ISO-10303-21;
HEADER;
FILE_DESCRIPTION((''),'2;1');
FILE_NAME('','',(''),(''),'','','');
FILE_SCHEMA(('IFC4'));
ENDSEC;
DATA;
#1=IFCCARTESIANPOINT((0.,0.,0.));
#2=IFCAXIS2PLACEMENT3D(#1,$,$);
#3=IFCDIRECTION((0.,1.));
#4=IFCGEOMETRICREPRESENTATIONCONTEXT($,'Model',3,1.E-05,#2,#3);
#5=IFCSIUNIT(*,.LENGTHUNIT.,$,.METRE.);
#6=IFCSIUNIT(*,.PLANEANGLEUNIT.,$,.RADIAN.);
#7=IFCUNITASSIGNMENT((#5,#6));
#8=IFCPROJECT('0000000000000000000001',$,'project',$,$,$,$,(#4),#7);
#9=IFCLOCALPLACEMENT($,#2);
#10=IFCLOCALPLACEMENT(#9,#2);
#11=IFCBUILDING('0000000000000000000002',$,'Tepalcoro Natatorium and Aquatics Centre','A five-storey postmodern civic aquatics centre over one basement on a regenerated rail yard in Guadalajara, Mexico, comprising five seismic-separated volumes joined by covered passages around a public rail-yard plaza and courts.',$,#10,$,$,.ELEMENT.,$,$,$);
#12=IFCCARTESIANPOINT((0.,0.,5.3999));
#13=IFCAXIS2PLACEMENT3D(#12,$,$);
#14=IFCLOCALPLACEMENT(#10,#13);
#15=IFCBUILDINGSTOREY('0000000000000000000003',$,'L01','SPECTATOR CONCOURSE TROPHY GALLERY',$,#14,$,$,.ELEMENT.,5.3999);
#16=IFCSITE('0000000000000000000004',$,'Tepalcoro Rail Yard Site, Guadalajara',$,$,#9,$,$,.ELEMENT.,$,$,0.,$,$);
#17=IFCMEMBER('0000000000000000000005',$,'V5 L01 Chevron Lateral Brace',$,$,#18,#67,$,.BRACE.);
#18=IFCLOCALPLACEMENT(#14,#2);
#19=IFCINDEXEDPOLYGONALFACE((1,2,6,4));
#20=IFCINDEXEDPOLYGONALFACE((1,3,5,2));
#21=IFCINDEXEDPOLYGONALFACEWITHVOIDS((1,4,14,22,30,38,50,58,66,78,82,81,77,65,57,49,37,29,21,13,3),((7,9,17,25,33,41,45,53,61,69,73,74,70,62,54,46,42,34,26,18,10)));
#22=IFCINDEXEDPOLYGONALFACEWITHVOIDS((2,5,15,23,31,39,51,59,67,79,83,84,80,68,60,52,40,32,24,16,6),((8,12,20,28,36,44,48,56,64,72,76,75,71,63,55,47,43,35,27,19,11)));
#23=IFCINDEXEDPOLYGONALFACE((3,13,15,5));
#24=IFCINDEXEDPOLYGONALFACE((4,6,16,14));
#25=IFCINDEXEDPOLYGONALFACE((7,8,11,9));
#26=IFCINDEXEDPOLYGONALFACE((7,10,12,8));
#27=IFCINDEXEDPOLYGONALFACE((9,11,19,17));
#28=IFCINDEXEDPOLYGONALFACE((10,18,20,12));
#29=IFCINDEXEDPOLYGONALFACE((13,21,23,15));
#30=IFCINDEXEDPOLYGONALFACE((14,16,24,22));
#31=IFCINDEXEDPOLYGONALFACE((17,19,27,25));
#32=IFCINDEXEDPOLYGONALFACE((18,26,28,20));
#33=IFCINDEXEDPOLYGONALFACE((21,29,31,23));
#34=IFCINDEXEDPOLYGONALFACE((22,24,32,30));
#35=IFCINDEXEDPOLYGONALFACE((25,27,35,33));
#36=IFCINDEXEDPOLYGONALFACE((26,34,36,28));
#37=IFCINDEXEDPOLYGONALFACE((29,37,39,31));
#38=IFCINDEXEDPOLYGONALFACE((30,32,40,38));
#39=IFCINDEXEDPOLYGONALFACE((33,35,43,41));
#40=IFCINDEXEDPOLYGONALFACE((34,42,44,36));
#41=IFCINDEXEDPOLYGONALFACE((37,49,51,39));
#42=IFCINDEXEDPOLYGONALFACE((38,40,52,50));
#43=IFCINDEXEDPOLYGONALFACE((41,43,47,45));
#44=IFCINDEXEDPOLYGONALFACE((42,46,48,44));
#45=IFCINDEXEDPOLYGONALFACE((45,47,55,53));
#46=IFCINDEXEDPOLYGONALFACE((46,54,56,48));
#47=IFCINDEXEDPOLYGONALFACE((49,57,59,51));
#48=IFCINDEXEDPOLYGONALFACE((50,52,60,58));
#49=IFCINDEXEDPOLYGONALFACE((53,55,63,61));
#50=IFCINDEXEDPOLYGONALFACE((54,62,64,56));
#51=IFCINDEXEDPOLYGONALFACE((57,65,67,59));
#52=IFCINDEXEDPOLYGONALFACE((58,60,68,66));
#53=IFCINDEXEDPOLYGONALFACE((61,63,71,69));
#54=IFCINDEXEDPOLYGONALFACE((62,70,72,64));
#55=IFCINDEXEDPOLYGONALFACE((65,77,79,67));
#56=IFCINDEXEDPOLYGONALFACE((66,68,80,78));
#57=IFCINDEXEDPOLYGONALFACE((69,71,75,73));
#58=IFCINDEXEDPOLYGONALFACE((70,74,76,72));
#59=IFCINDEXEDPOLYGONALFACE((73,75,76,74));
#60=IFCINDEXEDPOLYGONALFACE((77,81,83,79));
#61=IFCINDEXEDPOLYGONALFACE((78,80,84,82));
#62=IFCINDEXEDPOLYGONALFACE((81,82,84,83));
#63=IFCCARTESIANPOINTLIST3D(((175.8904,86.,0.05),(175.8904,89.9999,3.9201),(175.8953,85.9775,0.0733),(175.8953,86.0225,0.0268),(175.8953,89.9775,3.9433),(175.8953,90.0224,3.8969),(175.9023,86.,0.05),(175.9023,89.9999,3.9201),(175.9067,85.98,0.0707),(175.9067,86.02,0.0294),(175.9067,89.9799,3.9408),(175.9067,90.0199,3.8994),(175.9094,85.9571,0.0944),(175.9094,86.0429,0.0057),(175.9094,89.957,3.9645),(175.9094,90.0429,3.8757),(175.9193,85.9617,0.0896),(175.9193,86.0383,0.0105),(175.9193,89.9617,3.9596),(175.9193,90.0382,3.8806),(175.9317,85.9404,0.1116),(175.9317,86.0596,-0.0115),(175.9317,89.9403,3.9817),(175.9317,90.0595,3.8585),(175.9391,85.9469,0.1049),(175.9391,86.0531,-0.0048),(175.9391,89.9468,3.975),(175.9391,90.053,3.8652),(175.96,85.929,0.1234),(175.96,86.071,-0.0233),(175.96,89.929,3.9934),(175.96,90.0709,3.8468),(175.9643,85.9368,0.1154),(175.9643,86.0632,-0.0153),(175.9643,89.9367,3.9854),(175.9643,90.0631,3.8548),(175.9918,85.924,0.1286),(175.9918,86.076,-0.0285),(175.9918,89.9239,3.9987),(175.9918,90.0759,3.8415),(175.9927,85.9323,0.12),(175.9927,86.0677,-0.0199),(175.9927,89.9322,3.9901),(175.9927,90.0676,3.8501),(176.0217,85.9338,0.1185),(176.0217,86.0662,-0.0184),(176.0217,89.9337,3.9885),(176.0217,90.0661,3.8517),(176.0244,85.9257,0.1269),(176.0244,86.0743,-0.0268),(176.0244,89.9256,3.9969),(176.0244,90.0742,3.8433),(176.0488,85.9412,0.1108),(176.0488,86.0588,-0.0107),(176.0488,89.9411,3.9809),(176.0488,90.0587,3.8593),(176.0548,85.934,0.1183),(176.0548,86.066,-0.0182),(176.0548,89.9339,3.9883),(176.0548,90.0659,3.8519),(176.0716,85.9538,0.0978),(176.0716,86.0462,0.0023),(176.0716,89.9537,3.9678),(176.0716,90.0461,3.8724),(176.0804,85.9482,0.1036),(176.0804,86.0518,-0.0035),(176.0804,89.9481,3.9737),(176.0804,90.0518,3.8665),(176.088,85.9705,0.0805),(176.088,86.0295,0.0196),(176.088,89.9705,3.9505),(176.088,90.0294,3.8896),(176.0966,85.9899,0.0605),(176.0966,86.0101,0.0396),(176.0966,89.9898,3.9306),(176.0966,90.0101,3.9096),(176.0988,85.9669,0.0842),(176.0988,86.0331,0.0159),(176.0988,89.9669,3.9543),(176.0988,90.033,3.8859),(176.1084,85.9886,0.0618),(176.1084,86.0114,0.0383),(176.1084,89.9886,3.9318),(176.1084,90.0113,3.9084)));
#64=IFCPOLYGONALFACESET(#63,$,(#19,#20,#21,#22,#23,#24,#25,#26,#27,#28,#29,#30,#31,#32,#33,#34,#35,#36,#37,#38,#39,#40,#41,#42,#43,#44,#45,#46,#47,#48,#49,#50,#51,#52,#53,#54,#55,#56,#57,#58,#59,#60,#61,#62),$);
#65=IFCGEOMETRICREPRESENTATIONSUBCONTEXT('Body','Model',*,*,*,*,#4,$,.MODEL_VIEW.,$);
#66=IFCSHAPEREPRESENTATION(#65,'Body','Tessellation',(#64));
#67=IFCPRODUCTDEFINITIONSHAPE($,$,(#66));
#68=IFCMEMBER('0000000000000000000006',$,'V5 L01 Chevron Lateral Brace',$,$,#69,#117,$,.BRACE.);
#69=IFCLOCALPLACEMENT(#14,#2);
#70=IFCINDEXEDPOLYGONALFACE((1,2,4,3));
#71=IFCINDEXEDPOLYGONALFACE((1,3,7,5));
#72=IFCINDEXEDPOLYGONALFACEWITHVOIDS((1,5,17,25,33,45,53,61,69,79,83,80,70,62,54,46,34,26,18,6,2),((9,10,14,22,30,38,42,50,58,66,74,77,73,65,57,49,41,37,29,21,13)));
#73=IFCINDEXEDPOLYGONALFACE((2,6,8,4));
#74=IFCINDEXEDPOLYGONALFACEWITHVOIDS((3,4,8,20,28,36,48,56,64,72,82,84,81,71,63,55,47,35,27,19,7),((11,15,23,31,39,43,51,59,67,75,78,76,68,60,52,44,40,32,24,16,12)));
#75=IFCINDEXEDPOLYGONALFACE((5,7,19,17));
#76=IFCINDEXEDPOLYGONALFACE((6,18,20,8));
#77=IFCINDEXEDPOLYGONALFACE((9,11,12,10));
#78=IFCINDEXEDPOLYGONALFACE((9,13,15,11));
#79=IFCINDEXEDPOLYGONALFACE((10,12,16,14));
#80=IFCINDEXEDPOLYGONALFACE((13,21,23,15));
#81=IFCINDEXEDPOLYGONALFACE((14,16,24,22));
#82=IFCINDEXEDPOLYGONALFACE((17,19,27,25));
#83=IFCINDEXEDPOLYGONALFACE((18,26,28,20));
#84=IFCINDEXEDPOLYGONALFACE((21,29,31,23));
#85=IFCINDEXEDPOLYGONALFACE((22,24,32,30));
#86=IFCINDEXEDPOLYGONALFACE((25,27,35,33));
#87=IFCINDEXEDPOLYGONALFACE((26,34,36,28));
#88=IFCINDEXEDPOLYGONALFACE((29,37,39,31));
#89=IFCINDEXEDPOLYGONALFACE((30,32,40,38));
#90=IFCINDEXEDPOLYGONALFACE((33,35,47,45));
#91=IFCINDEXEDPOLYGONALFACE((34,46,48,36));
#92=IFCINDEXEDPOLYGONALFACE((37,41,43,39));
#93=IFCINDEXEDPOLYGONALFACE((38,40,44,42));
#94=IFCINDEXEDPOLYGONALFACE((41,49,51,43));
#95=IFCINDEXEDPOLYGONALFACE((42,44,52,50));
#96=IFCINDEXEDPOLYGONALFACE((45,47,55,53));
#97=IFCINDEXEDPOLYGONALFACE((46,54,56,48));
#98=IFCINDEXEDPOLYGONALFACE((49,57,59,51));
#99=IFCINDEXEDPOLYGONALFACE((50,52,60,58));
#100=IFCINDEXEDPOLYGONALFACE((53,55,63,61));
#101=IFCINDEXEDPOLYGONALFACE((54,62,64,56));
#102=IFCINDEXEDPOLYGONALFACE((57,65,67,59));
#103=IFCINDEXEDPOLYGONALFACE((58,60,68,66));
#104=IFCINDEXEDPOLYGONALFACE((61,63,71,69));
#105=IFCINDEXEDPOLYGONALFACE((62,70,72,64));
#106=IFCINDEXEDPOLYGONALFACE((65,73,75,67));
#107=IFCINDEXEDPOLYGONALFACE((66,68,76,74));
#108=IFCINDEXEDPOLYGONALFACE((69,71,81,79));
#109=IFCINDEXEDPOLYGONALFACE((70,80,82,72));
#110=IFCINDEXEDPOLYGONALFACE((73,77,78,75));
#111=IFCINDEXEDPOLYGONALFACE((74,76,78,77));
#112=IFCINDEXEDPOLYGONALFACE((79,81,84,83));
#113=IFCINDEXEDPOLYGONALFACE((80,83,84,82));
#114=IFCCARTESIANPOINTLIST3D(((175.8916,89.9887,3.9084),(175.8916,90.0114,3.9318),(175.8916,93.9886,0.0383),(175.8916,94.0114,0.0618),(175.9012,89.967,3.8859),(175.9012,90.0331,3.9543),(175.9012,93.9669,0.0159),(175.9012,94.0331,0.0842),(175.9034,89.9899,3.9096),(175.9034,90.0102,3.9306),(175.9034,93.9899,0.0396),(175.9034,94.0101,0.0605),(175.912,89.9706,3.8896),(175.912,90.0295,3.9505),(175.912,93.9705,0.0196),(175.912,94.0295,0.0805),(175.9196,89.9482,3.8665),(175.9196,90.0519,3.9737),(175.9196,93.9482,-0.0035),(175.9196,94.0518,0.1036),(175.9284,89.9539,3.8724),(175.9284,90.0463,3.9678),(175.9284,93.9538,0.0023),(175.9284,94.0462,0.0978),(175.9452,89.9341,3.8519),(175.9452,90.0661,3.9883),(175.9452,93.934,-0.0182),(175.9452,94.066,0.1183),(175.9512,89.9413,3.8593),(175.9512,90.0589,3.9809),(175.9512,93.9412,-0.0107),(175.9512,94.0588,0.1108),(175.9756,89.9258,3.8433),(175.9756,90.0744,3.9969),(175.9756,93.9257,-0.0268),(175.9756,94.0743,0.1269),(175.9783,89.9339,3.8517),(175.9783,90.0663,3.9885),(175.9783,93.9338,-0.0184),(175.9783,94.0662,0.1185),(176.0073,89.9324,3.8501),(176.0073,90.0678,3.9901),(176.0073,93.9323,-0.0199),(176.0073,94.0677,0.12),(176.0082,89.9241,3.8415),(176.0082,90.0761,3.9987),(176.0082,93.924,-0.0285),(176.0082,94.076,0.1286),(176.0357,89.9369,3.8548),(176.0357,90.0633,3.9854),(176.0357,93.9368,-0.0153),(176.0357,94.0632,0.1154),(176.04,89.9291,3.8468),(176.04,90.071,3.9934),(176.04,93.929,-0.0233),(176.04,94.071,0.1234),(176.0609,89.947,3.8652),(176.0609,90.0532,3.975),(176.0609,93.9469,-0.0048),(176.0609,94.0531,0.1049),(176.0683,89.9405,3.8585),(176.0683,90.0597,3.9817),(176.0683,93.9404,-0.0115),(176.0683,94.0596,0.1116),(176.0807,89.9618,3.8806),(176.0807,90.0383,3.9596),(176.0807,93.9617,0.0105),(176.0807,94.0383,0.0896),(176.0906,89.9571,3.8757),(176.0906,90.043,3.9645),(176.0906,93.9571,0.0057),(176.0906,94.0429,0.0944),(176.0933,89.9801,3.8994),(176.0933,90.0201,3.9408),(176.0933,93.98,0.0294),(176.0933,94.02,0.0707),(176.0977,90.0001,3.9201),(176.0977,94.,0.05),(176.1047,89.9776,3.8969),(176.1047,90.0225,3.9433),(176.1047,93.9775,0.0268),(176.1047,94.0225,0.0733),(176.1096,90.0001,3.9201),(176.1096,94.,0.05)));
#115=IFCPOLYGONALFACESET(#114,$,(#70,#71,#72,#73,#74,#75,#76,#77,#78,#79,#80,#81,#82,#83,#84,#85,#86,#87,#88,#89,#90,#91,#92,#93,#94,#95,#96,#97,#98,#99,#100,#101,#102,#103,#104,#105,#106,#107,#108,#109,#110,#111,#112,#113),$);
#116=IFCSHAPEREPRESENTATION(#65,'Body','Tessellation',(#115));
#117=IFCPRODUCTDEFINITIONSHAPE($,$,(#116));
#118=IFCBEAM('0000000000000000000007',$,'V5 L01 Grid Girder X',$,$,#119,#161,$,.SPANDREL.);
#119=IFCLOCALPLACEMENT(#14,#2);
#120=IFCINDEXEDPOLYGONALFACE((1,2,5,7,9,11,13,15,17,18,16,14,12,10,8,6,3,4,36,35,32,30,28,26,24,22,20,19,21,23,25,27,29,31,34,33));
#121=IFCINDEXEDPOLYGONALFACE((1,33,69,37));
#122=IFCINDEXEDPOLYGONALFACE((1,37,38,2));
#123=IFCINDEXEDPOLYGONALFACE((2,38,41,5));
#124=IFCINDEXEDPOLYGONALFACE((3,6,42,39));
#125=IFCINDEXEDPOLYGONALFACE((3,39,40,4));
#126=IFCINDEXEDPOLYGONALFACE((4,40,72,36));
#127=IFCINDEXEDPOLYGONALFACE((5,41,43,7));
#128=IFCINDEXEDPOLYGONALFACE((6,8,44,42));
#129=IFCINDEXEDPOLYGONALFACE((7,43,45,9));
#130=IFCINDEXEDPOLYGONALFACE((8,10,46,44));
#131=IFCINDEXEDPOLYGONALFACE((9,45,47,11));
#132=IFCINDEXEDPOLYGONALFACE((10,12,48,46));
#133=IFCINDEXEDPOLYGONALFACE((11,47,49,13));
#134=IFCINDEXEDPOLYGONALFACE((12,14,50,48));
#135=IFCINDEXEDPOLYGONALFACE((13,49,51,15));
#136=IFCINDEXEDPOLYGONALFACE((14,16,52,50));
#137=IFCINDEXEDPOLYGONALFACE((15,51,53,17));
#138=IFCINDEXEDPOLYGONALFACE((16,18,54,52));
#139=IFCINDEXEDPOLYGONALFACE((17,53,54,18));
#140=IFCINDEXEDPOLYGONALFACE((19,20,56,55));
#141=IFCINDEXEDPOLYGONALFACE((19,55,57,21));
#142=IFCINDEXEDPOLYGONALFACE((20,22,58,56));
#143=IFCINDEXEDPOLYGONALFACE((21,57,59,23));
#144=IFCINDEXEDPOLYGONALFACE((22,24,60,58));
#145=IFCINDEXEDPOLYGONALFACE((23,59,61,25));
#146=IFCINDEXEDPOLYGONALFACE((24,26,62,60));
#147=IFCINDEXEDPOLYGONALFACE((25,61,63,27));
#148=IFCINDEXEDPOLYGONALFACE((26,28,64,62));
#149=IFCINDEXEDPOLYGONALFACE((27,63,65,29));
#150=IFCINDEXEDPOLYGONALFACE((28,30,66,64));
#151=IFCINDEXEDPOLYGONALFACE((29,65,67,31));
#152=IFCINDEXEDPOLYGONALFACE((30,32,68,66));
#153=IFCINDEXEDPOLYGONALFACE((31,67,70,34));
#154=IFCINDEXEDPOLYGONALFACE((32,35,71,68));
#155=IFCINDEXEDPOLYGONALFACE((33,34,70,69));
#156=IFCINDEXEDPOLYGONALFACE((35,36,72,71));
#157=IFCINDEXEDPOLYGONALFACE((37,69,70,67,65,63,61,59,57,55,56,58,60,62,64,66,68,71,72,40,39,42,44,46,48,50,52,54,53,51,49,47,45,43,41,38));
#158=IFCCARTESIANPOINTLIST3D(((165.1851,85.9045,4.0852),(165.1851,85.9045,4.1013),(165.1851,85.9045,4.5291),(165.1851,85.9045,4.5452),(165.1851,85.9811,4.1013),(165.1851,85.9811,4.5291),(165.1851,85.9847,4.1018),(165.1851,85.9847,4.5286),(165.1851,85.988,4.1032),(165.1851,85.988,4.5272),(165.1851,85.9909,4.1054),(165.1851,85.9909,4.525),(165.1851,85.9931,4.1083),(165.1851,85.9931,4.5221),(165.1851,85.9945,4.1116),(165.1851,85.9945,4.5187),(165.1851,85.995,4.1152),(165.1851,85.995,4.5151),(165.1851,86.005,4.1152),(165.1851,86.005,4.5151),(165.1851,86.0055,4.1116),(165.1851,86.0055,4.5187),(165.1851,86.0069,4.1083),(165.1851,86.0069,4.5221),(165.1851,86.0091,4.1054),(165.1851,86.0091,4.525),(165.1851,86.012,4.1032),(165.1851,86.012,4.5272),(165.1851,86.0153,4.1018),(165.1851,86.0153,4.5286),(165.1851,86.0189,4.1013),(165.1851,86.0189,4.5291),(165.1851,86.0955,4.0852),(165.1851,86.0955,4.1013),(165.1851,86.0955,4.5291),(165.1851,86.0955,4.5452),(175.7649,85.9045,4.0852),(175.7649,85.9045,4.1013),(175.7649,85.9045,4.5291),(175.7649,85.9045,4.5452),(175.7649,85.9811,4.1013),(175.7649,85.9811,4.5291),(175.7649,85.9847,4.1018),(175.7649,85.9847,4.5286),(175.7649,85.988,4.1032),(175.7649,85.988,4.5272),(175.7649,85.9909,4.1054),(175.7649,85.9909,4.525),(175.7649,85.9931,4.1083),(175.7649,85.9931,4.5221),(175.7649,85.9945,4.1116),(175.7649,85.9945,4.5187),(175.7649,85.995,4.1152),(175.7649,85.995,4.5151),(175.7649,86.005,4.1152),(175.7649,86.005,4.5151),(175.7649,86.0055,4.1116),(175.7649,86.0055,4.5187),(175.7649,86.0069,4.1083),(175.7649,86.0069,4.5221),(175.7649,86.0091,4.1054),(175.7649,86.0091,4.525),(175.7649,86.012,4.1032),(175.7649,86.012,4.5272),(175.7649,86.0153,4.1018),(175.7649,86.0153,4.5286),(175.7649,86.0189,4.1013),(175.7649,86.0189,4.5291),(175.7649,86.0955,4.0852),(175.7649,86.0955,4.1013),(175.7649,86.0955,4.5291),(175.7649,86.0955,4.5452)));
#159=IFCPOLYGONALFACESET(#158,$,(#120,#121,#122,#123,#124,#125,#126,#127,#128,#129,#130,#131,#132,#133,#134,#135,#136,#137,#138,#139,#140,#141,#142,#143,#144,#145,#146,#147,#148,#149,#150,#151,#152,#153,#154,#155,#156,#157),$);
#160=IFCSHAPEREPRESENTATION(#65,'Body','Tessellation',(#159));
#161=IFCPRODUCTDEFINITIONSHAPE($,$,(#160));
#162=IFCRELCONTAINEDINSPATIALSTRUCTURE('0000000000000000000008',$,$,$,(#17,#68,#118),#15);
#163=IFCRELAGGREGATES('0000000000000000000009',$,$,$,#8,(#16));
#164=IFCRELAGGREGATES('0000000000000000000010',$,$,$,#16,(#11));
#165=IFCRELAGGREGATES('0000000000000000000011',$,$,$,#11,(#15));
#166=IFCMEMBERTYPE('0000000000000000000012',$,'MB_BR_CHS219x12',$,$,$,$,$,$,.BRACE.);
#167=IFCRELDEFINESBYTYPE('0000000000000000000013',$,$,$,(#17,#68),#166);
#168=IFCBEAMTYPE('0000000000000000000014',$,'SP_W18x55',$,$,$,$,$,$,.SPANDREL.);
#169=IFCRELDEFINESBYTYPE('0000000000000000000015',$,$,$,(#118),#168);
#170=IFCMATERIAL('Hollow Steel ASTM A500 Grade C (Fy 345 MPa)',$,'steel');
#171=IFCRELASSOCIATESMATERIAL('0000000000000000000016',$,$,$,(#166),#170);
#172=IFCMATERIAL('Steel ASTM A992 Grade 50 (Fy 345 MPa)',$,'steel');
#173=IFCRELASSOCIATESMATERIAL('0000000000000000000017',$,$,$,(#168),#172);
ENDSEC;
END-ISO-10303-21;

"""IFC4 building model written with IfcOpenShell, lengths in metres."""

from ifc_helpers import new_model, si_unit, direction, frame, origin, origin_2d, place, context, subcontext, project, spatial, hollow_circle, i_section, extrude, material, material_profile, profile_set, type_object, element, save


model = new_model("IFC4")

# Units and contexts
model_context = context("Model", 3, precision=1e-05, world=origin(), true_north=direction((0.0, 1.0)))
body_context = subcontext(model_context, "Body", "Model", "MODEL_VIEW")
ifc_project = project(units=[si_unit("LENGTHUNIT", "METRE"), si_unit("PLANEANGLEUNIT", "RADIAN")], contexts=[model_context])

# Site, building, storey
site_placement = place(None, origin())
site = spatial("IfcSite", under=ifc_project, at=site_placement, Name="Tepalcoro Rail Yard Site, Guadalajara", CompositionType="ELEMENT", RefElevation=0.0)
building_placement = place(site_placement, origin())
building = spatial("IfcBuilding", under=site, at=building_placement, Name="Tepalcoro Natatorium and Aquatics Centre", Description="A five-storey postmodern civic aquatics centre over one basement on a regenerated rail yard in Guadalajara, Mexico, comprising five seismic-separated volumes joined by covered passages around a public rail-yard plaza and courts.", CompositionType="ELEMENT")
storey_placement = place(building_placement, frame((0.0, 0.0, 5.3999)))
storey = spatial("IfcBuildingStorey", under=building, at=storey_placement, Name="L01", Description="SPECTATOR CONCOURSE TROPHY GALLERY", CompositionType="ELEMENT", Elevation=5.3999)

# Shared definitions
ifc_material_1 = material(Name="Steel ASTM A992 Grade 50 (Fy 345 MPa)", Category="steel")

# Members
ifc_material_2 = material(Name="Hollow Steel ASTM A500 Grade C (Fy 345 MPa)", Category="steel")
ifc_material_profile_1 = material_profile(ifc_material_2, hollow_circle(Radius=0.1096, WallThickness=0.012, at=origin_2d()), Name="CHS219X12")
ifc_profile_set_1 = profile_set([ifc_material_profile_1], Name="Hollow Steel ASTM A500 Grade C (Fy 345 MPa)")
member_type_1 = type_object("IfcMemberType", Name="MB_BR_CHS219x12", PredefinedType="BRACE", material=ifc_profile_set_1)
for number, where, z_axis, x_axis, name in (
    (1, (176.0, 86.0, 0.05), (0.0, 0.718679, 0.695343), (-1.0, 0.0, 0.0), "V5 L01 Chevron Lateral Brace"),
    (2, (176.0, 94.0, 0.05), (0.0, -0.718679, 0.695343), (1.0, 0.0, 0.0), "V5 L01 Chevron Lateral Brace"),
):
    element("IfcMember", number, at=place(storey_placement, frame(where, z_axis=z_axis, x_axis=x_axis)), inside=storey, type_object=member_type_1, Name=name, PredefinedType="BRACE", context=body_context, shape_type="SweptSolid", body=[
        extrude(hollow_circle(Radius=0.1096, WallThickness=0.012, at=origin_2d()), origin(), (0.0, 0.0, 1.0), 5.5657),
    ])

# Beam
ifc_material_profile_2 = material_profile(ifc_material_1, i_section(OverallWidth=0.1909, OverallDepth=0.46, WebThickness=0.01, FlangeThickness=0.0161, FilletRadius=0.0139, at=origin_2d()), Name="W18X55")
ifc_profile_set_2 = profile_set([ifc_material_profile_2], Name="Steel ASTM A992 Grade 50 (Fy 345 MPa)")
beam_type_1 = type_object("IfcBeamType", Name="SP_W18x55", PredefinedType="SPANDREL", material=ifc_profile_set_2)
beam_1_placement = place(storey_placement, frame((165.1851, 86.0, 4.3152), z_axis=(1.0, 0.0, 0.0), x_axis=(0.0, 1.0, 0.0)))
element("IfcBeam", 3, at=beam_1_placement, inside=storey, type_object=beam_type_1, Name="V5 L01 Grid Girder X", PredefinedType="SPANDREL", context=body_context, shape_type="SweptSolid", body=[
    extrude(i_section(OverallWidth=0.1909, OverallDepth=0.46, WebThickness=0.01, FlangeThickness=0.0161, FilletRadius=0.0139, at=origin_2d()), origin(), (0.0, 0.0, 1.0), 10.5798),
])

save(model, "model.ifc")
